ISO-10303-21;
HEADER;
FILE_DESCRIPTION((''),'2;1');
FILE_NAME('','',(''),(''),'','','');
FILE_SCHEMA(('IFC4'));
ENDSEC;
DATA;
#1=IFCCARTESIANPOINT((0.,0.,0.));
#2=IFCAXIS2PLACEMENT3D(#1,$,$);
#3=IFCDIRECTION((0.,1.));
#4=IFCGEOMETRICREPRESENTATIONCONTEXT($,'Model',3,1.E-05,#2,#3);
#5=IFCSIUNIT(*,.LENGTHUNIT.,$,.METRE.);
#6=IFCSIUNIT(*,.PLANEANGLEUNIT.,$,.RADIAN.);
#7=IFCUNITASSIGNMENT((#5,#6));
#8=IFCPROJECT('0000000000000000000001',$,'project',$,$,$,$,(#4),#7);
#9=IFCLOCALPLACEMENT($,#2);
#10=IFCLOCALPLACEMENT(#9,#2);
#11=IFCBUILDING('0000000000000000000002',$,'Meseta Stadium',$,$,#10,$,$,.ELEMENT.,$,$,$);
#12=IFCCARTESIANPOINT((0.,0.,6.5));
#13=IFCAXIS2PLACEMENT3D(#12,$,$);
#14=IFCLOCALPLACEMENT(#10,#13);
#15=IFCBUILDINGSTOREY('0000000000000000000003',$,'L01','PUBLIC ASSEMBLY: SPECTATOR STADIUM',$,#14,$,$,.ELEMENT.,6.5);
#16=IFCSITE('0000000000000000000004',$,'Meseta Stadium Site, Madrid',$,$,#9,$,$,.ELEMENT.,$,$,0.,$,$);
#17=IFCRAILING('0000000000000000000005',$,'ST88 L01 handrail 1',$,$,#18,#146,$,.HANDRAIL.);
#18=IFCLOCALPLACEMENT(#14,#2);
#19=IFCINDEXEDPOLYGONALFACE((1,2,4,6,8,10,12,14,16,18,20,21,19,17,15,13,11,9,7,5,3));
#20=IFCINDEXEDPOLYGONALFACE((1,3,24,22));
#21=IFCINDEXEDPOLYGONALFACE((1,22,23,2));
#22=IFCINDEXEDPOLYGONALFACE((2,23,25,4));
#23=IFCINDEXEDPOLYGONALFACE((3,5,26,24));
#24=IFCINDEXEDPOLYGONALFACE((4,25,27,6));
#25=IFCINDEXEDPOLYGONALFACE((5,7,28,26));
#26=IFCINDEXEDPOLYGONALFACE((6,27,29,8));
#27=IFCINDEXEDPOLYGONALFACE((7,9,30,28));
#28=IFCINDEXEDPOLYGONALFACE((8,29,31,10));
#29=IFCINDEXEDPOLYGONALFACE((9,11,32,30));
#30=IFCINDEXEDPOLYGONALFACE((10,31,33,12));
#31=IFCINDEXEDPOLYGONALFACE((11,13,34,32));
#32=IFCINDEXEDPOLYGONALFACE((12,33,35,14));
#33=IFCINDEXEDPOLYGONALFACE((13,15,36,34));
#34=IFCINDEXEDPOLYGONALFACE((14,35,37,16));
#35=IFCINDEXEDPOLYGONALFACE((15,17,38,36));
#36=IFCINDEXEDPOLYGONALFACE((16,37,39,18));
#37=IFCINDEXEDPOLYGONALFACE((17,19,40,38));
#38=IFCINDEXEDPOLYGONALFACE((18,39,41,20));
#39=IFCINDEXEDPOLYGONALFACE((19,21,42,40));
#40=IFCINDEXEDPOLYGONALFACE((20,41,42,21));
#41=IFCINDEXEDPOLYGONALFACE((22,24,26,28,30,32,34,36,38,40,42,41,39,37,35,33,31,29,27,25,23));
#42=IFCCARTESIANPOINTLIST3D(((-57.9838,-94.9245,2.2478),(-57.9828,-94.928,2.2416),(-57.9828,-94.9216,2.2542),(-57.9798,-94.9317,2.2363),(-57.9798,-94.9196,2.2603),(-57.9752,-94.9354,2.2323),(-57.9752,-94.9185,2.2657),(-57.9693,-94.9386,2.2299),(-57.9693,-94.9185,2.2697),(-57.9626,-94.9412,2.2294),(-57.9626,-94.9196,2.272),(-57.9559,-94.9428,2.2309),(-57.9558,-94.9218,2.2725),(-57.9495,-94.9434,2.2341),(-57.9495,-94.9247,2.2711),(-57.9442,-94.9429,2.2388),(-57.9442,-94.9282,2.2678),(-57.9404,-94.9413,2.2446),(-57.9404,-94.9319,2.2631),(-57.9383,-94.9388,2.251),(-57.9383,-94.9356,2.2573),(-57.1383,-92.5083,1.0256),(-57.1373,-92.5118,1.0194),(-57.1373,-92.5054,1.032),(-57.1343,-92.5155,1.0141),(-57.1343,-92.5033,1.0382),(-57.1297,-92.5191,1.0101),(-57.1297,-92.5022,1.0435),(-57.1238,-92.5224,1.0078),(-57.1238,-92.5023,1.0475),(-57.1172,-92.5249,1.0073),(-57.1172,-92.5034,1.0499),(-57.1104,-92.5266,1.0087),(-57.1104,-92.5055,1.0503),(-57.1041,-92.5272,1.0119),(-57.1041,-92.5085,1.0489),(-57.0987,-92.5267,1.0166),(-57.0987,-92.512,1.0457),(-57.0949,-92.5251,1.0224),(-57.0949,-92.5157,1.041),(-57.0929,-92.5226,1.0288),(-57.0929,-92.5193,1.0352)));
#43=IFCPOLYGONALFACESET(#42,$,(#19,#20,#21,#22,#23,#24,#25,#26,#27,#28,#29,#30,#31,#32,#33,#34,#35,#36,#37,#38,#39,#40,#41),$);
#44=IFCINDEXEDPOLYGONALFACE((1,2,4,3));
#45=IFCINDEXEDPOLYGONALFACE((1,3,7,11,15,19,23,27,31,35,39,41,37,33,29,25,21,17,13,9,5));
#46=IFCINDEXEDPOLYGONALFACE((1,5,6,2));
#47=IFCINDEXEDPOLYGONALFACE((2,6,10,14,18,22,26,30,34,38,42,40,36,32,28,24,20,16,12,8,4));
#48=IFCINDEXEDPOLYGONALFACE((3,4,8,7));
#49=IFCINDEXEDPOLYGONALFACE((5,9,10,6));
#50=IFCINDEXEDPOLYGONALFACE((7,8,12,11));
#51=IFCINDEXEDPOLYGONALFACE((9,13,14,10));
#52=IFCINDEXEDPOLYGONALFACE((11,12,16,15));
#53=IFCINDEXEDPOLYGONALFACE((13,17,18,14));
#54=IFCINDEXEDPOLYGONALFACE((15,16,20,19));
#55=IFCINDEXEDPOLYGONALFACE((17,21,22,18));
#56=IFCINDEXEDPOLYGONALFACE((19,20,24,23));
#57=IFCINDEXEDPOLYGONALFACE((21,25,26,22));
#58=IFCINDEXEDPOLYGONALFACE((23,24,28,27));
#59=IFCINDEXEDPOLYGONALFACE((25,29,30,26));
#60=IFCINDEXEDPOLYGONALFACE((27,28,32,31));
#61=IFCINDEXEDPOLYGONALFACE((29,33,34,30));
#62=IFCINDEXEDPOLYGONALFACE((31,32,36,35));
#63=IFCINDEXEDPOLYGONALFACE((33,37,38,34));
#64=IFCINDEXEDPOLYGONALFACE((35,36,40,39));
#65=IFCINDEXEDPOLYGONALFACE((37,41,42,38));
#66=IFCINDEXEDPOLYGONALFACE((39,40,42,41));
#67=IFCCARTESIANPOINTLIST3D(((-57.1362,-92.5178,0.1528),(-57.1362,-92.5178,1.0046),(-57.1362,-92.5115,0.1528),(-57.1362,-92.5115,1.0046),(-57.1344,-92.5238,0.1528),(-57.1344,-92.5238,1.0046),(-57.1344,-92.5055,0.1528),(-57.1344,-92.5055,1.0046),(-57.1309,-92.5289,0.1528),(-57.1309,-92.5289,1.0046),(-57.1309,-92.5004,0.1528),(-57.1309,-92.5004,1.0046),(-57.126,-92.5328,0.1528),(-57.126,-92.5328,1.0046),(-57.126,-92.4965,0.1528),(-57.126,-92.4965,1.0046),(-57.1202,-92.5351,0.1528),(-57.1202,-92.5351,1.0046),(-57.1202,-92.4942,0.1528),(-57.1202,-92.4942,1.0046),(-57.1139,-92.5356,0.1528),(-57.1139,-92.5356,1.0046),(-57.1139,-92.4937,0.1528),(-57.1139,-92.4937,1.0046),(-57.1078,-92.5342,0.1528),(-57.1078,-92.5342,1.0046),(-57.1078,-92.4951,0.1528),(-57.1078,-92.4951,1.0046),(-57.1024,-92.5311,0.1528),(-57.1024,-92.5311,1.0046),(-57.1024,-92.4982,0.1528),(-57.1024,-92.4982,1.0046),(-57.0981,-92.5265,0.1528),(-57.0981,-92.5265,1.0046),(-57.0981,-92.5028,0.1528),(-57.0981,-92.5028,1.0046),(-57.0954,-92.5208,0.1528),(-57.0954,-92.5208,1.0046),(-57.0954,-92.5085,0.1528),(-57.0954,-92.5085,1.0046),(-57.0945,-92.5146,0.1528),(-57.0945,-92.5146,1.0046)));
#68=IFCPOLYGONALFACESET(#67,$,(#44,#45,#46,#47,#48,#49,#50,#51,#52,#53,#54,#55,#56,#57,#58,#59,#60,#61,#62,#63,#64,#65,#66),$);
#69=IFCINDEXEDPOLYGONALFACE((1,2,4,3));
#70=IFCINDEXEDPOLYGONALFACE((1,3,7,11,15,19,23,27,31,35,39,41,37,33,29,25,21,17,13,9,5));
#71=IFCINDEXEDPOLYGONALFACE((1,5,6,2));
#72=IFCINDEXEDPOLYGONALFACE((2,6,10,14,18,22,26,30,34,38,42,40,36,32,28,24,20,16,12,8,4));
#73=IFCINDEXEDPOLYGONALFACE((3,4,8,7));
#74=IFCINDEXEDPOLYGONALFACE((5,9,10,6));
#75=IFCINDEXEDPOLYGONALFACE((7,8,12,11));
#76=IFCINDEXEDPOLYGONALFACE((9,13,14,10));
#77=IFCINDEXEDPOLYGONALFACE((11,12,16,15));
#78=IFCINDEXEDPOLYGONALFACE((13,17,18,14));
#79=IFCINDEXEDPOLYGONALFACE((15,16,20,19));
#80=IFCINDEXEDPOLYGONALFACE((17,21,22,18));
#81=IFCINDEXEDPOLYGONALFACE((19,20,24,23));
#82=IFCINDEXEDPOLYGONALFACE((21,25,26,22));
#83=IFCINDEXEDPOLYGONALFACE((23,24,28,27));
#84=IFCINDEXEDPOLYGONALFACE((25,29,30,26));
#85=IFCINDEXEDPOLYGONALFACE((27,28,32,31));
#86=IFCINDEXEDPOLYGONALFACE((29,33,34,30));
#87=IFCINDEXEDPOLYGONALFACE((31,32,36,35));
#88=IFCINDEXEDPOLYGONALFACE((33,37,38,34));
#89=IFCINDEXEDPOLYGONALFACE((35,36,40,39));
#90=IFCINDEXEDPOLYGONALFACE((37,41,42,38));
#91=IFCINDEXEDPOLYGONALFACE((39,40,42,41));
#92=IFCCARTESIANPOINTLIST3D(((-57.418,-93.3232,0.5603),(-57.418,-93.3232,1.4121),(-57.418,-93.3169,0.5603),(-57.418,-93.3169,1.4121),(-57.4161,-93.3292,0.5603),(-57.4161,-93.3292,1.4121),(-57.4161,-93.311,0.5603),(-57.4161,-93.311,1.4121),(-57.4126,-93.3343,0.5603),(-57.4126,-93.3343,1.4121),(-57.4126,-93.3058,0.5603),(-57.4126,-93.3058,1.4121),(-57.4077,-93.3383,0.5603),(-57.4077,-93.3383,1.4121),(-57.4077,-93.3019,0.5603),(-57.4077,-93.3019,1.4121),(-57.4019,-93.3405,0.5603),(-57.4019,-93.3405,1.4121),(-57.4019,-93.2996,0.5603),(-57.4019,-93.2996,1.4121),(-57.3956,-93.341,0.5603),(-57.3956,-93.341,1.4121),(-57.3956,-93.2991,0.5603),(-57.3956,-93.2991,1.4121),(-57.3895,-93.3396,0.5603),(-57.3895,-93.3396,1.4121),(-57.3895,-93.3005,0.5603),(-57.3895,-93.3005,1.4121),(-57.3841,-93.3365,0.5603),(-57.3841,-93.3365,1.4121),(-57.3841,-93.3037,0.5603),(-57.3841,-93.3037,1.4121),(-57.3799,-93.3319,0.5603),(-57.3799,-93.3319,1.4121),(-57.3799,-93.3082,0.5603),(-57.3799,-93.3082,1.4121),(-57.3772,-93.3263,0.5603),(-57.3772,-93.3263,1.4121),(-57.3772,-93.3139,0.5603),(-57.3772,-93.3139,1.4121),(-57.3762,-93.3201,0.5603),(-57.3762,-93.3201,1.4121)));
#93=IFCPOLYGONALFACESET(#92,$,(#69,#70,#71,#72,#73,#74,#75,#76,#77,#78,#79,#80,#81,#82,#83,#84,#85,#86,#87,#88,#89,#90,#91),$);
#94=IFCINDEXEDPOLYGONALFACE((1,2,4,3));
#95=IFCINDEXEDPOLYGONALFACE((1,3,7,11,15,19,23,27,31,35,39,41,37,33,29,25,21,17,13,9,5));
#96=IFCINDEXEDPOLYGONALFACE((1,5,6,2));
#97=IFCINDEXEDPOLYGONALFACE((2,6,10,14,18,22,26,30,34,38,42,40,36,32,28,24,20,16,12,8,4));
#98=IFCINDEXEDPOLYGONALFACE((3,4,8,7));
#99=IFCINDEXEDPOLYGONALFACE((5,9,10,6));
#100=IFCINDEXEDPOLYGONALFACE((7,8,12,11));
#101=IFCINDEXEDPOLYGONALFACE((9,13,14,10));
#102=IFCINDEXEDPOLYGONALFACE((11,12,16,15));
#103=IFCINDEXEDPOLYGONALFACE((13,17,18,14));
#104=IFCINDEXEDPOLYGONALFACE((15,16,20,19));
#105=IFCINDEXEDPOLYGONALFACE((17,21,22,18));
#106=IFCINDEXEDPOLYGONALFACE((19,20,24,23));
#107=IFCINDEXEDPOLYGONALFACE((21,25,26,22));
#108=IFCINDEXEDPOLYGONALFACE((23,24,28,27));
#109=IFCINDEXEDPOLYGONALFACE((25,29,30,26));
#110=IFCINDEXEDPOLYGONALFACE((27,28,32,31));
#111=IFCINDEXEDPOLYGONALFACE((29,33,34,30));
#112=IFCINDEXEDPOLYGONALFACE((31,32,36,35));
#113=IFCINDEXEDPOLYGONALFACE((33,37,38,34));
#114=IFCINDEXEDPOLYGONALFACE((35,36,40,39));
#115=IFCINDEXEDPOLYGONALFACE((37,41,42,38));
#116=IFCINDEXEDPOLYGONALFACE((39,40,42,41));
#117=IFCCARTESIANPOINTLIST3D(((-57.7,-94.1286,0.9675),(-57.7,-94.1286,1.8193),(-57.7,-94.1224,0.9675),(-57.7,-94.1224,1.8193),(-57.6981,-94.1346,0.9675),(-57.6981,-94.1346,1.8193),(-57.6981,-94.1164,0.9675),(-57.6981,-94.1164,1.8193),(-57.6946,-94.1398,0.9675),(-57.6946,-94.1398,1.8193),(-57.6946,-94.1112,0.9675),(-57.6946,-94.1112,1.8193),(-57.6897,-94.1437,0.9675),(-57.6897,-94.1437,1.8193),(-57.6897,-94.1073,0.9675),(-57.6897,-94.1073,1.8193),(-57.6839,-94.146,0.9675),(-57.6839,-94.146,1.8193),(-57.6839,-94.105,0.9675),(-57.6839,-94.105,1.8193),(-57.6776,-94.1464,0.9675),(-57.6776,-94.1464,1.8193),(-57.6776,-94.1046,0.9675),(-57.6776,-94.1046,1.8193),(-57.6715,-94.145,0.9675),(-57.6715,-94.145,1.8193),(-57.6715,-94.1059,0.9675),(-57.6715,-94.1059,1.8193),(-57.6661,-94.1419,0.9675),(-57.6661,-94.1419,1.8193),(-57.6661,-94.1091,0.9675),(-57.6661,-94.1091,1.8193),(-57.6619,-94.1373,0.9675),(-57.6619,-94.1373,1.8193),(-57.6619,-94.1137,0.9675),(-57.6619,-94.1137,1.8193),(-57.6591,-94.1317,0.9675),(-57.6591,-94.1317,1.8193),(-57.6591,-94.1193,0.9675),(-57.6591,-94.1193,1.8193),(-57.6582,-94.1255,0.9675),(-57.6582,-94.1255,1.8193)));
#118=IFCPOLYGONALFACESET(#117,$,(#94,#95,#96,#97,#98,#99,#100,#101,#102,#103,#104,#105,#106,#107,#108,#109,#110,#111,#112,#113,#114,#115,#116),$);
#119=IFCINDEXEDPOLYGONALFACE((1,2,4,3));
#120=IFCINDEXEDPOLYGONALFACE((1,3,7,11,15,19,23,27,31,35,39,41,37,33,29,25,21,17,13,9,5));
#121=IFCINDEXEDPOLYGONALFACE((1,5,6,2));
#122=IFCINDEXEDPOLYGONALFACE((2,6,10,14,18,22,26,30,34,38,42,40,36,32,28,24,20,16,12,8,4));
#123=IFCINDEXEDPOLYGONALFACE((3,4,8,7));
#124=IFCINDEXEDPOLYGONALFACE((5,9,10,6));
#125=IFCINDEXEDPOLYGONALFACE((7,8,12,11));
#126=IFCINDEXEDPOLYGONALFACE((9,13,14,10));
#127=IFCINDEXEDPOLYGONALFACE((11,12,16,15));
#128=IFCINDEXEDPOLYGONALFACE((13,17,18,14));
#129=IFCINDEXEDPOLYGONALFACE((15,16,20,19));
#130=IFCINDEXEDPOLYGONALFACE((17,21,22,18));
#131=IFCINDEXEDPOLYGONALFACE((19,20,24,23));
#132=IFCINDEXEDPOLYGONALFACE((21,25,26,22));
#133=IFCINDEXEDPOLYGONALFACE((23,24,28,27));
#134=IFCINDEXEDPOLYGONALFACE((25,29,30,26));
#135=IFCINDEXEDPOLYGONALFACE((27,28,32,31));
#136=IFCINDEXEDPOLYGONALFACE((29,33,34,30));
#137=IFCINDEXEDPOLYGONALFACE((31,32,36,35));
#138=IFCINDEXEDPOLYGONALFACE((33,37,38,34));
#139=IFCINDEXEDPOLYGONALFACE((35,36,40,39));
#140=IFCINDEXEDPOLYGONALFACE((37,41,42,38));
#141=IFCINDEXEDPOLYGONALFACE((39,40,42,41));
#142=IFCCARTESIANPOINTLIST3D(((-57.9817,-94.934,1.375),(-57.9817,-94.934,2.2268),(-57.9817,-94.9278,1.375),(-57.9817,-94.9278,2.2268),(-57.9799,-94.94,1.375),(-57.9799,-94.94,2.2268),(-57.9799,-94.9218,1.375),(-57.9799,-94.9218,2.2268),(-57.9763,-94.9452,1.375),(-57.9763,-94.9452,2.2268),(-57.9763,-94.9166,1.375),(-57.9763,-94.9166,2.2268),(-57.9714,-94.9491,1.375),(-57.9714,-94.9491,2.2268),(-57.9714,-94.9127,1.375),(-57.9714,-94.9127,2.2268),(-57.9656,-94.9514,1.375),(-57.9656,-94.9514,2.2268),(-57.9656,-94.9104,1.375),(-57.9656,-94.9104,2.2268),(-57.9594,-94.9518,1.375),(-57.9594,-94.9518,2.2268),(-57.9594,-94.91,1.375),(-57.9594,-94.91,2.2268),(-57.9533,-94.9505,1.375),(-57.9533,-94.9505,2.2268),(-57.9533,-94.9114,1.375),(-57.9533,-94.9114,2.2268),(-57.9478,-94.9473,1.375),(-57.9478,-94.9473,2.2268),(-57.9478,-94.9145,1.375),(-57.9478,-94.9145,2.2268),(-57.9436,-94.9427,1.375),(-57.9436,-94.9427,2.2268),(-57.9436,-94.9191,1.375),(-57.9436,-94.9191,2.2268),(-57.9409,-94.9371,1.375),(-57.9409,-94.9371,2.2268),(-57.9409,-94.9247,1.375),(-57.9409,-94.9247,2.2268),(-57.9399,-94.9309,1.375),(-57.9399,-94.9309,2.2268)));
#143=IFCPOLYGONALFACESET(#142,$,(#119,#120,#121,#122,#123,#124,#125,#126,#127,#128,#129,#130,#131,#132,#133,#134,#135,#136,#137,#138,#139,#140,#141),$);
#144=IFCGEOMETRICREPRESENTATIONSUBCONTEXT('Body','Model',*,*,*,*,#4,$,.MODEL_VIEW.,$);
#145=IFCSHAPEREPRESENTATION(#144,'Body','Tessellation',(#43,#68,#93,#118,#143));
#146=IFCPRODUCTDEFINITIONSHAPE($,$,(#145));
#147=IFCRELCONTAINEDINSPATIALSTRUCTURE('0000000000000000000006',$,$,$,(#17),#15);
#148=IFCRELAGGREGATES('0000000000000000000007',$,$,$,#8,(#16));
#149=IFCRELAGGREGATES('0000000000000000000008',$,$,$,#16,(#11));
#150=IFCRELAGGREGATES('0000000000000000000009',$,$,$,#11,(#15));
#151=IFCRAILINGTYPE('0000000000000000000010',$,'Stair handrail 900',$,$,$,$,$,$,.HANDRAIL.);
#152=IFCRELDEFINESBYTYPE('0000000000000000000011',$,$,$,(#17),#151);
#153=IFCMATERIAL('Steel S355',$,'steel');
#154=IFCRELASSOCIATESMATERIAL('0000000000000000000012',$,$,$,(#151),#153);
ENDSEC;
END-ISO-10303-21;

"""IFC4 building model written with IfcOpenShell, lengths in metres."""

from ifc_helpers import new_model, si_unit, direction, frame, origin, origin_2d, place, context, subcontext, project, spatial, circle, extrude, material, type_object, element, save


model = new_model("IFC4")

# Units and contexts
model_context = context("Model", 3, precision=1e-05, world=origin(), true_north=direction((0.0, 1.0)))
body_context = subcontext(model_context, "Body", "Model", "MODEL_VIEW")
ifc_project = project(units=[si_unit("LENGTHUNIT", "METRE"), si_unit("PLANEANGLEUNIT", "RADIAN")], contexts=[model_context])

# Site, building, storey
site_placement = place(None, origin())
site = spatial("IfcSite", under=ifc_project, at=site_placement, Name="Meseta Stadium Site, Madrid", CompositionType="ELEMENT", RefElevation=0.0)
building_placement = place(site_placement, origin())
building = spatial("IfcBuilding", under=site, at=building_placement, Name="Meseta Stadium", CompositionType="ELEMENT")
storey_placement = place(building_placement, frame((0.0, 0.0, 6.5)))
storey = spatial("IfcBuildingStorey", under=building, at=storey_placement, Name="L01", Description="PUBLIC ASSEMBLY: SPECTATOR STADIUM", CompositionType="ELEMENT", Elevation=6.5)

# Railing
ifc_material_1 = material(Name="Steel S355", Category="steel")
railing_type_1 = type_object("IfcRailingType", Name="Stair handrail 900", PredefinedType="HANDRAIL", material=ifc_material_1)
for number, where, name in (
    (1, (-57.1155, -92.5146, 0.1528), "ST88 L01 handrail 1"),
):
    element("IfcRailing", number, at=place(storey_placement, frame(where)), inside=storey, type_object=railing_type_1, Name=name, PredefinedType="HANDRAIL", context=body_context, shape_type="SweptSolid", body=[
        extrude(circle(Radius=0.0239, at=origin_2d()), frame((0.0, 0.0, 0.876), z_axis=(-0.298044, -0.851789, 0.430843), x_axis=(0.943887, -0.33027, 0.0)), (0.0, 0.0, 1.0), 2.8367),
        extrude(circle(Radius=0.021, at=origin_2d()), origin(), (0.0, 0.0, 1.0), 0.8518),
        extrude(circle(Radius=0.021, at=origin_2d()), frame((-0.2817, -0.8054, 0.4075)), (0.0, 0.0, 1.0), 0.8518),
        extrude(circle(Radius=0.021, at=origin_2d()), frame((-0.5637, -1.6108, 0.8147)), (0.0, 0.0, 1.0), 0.8518),
        extrude(circle(Radius=0.021, at=origin_2d()), frame((-0.8455, -2.4163, 1.2222)), (0.0, 0.0, 1.0), 0.8518),
    ])

save(model, "model.ifc")
